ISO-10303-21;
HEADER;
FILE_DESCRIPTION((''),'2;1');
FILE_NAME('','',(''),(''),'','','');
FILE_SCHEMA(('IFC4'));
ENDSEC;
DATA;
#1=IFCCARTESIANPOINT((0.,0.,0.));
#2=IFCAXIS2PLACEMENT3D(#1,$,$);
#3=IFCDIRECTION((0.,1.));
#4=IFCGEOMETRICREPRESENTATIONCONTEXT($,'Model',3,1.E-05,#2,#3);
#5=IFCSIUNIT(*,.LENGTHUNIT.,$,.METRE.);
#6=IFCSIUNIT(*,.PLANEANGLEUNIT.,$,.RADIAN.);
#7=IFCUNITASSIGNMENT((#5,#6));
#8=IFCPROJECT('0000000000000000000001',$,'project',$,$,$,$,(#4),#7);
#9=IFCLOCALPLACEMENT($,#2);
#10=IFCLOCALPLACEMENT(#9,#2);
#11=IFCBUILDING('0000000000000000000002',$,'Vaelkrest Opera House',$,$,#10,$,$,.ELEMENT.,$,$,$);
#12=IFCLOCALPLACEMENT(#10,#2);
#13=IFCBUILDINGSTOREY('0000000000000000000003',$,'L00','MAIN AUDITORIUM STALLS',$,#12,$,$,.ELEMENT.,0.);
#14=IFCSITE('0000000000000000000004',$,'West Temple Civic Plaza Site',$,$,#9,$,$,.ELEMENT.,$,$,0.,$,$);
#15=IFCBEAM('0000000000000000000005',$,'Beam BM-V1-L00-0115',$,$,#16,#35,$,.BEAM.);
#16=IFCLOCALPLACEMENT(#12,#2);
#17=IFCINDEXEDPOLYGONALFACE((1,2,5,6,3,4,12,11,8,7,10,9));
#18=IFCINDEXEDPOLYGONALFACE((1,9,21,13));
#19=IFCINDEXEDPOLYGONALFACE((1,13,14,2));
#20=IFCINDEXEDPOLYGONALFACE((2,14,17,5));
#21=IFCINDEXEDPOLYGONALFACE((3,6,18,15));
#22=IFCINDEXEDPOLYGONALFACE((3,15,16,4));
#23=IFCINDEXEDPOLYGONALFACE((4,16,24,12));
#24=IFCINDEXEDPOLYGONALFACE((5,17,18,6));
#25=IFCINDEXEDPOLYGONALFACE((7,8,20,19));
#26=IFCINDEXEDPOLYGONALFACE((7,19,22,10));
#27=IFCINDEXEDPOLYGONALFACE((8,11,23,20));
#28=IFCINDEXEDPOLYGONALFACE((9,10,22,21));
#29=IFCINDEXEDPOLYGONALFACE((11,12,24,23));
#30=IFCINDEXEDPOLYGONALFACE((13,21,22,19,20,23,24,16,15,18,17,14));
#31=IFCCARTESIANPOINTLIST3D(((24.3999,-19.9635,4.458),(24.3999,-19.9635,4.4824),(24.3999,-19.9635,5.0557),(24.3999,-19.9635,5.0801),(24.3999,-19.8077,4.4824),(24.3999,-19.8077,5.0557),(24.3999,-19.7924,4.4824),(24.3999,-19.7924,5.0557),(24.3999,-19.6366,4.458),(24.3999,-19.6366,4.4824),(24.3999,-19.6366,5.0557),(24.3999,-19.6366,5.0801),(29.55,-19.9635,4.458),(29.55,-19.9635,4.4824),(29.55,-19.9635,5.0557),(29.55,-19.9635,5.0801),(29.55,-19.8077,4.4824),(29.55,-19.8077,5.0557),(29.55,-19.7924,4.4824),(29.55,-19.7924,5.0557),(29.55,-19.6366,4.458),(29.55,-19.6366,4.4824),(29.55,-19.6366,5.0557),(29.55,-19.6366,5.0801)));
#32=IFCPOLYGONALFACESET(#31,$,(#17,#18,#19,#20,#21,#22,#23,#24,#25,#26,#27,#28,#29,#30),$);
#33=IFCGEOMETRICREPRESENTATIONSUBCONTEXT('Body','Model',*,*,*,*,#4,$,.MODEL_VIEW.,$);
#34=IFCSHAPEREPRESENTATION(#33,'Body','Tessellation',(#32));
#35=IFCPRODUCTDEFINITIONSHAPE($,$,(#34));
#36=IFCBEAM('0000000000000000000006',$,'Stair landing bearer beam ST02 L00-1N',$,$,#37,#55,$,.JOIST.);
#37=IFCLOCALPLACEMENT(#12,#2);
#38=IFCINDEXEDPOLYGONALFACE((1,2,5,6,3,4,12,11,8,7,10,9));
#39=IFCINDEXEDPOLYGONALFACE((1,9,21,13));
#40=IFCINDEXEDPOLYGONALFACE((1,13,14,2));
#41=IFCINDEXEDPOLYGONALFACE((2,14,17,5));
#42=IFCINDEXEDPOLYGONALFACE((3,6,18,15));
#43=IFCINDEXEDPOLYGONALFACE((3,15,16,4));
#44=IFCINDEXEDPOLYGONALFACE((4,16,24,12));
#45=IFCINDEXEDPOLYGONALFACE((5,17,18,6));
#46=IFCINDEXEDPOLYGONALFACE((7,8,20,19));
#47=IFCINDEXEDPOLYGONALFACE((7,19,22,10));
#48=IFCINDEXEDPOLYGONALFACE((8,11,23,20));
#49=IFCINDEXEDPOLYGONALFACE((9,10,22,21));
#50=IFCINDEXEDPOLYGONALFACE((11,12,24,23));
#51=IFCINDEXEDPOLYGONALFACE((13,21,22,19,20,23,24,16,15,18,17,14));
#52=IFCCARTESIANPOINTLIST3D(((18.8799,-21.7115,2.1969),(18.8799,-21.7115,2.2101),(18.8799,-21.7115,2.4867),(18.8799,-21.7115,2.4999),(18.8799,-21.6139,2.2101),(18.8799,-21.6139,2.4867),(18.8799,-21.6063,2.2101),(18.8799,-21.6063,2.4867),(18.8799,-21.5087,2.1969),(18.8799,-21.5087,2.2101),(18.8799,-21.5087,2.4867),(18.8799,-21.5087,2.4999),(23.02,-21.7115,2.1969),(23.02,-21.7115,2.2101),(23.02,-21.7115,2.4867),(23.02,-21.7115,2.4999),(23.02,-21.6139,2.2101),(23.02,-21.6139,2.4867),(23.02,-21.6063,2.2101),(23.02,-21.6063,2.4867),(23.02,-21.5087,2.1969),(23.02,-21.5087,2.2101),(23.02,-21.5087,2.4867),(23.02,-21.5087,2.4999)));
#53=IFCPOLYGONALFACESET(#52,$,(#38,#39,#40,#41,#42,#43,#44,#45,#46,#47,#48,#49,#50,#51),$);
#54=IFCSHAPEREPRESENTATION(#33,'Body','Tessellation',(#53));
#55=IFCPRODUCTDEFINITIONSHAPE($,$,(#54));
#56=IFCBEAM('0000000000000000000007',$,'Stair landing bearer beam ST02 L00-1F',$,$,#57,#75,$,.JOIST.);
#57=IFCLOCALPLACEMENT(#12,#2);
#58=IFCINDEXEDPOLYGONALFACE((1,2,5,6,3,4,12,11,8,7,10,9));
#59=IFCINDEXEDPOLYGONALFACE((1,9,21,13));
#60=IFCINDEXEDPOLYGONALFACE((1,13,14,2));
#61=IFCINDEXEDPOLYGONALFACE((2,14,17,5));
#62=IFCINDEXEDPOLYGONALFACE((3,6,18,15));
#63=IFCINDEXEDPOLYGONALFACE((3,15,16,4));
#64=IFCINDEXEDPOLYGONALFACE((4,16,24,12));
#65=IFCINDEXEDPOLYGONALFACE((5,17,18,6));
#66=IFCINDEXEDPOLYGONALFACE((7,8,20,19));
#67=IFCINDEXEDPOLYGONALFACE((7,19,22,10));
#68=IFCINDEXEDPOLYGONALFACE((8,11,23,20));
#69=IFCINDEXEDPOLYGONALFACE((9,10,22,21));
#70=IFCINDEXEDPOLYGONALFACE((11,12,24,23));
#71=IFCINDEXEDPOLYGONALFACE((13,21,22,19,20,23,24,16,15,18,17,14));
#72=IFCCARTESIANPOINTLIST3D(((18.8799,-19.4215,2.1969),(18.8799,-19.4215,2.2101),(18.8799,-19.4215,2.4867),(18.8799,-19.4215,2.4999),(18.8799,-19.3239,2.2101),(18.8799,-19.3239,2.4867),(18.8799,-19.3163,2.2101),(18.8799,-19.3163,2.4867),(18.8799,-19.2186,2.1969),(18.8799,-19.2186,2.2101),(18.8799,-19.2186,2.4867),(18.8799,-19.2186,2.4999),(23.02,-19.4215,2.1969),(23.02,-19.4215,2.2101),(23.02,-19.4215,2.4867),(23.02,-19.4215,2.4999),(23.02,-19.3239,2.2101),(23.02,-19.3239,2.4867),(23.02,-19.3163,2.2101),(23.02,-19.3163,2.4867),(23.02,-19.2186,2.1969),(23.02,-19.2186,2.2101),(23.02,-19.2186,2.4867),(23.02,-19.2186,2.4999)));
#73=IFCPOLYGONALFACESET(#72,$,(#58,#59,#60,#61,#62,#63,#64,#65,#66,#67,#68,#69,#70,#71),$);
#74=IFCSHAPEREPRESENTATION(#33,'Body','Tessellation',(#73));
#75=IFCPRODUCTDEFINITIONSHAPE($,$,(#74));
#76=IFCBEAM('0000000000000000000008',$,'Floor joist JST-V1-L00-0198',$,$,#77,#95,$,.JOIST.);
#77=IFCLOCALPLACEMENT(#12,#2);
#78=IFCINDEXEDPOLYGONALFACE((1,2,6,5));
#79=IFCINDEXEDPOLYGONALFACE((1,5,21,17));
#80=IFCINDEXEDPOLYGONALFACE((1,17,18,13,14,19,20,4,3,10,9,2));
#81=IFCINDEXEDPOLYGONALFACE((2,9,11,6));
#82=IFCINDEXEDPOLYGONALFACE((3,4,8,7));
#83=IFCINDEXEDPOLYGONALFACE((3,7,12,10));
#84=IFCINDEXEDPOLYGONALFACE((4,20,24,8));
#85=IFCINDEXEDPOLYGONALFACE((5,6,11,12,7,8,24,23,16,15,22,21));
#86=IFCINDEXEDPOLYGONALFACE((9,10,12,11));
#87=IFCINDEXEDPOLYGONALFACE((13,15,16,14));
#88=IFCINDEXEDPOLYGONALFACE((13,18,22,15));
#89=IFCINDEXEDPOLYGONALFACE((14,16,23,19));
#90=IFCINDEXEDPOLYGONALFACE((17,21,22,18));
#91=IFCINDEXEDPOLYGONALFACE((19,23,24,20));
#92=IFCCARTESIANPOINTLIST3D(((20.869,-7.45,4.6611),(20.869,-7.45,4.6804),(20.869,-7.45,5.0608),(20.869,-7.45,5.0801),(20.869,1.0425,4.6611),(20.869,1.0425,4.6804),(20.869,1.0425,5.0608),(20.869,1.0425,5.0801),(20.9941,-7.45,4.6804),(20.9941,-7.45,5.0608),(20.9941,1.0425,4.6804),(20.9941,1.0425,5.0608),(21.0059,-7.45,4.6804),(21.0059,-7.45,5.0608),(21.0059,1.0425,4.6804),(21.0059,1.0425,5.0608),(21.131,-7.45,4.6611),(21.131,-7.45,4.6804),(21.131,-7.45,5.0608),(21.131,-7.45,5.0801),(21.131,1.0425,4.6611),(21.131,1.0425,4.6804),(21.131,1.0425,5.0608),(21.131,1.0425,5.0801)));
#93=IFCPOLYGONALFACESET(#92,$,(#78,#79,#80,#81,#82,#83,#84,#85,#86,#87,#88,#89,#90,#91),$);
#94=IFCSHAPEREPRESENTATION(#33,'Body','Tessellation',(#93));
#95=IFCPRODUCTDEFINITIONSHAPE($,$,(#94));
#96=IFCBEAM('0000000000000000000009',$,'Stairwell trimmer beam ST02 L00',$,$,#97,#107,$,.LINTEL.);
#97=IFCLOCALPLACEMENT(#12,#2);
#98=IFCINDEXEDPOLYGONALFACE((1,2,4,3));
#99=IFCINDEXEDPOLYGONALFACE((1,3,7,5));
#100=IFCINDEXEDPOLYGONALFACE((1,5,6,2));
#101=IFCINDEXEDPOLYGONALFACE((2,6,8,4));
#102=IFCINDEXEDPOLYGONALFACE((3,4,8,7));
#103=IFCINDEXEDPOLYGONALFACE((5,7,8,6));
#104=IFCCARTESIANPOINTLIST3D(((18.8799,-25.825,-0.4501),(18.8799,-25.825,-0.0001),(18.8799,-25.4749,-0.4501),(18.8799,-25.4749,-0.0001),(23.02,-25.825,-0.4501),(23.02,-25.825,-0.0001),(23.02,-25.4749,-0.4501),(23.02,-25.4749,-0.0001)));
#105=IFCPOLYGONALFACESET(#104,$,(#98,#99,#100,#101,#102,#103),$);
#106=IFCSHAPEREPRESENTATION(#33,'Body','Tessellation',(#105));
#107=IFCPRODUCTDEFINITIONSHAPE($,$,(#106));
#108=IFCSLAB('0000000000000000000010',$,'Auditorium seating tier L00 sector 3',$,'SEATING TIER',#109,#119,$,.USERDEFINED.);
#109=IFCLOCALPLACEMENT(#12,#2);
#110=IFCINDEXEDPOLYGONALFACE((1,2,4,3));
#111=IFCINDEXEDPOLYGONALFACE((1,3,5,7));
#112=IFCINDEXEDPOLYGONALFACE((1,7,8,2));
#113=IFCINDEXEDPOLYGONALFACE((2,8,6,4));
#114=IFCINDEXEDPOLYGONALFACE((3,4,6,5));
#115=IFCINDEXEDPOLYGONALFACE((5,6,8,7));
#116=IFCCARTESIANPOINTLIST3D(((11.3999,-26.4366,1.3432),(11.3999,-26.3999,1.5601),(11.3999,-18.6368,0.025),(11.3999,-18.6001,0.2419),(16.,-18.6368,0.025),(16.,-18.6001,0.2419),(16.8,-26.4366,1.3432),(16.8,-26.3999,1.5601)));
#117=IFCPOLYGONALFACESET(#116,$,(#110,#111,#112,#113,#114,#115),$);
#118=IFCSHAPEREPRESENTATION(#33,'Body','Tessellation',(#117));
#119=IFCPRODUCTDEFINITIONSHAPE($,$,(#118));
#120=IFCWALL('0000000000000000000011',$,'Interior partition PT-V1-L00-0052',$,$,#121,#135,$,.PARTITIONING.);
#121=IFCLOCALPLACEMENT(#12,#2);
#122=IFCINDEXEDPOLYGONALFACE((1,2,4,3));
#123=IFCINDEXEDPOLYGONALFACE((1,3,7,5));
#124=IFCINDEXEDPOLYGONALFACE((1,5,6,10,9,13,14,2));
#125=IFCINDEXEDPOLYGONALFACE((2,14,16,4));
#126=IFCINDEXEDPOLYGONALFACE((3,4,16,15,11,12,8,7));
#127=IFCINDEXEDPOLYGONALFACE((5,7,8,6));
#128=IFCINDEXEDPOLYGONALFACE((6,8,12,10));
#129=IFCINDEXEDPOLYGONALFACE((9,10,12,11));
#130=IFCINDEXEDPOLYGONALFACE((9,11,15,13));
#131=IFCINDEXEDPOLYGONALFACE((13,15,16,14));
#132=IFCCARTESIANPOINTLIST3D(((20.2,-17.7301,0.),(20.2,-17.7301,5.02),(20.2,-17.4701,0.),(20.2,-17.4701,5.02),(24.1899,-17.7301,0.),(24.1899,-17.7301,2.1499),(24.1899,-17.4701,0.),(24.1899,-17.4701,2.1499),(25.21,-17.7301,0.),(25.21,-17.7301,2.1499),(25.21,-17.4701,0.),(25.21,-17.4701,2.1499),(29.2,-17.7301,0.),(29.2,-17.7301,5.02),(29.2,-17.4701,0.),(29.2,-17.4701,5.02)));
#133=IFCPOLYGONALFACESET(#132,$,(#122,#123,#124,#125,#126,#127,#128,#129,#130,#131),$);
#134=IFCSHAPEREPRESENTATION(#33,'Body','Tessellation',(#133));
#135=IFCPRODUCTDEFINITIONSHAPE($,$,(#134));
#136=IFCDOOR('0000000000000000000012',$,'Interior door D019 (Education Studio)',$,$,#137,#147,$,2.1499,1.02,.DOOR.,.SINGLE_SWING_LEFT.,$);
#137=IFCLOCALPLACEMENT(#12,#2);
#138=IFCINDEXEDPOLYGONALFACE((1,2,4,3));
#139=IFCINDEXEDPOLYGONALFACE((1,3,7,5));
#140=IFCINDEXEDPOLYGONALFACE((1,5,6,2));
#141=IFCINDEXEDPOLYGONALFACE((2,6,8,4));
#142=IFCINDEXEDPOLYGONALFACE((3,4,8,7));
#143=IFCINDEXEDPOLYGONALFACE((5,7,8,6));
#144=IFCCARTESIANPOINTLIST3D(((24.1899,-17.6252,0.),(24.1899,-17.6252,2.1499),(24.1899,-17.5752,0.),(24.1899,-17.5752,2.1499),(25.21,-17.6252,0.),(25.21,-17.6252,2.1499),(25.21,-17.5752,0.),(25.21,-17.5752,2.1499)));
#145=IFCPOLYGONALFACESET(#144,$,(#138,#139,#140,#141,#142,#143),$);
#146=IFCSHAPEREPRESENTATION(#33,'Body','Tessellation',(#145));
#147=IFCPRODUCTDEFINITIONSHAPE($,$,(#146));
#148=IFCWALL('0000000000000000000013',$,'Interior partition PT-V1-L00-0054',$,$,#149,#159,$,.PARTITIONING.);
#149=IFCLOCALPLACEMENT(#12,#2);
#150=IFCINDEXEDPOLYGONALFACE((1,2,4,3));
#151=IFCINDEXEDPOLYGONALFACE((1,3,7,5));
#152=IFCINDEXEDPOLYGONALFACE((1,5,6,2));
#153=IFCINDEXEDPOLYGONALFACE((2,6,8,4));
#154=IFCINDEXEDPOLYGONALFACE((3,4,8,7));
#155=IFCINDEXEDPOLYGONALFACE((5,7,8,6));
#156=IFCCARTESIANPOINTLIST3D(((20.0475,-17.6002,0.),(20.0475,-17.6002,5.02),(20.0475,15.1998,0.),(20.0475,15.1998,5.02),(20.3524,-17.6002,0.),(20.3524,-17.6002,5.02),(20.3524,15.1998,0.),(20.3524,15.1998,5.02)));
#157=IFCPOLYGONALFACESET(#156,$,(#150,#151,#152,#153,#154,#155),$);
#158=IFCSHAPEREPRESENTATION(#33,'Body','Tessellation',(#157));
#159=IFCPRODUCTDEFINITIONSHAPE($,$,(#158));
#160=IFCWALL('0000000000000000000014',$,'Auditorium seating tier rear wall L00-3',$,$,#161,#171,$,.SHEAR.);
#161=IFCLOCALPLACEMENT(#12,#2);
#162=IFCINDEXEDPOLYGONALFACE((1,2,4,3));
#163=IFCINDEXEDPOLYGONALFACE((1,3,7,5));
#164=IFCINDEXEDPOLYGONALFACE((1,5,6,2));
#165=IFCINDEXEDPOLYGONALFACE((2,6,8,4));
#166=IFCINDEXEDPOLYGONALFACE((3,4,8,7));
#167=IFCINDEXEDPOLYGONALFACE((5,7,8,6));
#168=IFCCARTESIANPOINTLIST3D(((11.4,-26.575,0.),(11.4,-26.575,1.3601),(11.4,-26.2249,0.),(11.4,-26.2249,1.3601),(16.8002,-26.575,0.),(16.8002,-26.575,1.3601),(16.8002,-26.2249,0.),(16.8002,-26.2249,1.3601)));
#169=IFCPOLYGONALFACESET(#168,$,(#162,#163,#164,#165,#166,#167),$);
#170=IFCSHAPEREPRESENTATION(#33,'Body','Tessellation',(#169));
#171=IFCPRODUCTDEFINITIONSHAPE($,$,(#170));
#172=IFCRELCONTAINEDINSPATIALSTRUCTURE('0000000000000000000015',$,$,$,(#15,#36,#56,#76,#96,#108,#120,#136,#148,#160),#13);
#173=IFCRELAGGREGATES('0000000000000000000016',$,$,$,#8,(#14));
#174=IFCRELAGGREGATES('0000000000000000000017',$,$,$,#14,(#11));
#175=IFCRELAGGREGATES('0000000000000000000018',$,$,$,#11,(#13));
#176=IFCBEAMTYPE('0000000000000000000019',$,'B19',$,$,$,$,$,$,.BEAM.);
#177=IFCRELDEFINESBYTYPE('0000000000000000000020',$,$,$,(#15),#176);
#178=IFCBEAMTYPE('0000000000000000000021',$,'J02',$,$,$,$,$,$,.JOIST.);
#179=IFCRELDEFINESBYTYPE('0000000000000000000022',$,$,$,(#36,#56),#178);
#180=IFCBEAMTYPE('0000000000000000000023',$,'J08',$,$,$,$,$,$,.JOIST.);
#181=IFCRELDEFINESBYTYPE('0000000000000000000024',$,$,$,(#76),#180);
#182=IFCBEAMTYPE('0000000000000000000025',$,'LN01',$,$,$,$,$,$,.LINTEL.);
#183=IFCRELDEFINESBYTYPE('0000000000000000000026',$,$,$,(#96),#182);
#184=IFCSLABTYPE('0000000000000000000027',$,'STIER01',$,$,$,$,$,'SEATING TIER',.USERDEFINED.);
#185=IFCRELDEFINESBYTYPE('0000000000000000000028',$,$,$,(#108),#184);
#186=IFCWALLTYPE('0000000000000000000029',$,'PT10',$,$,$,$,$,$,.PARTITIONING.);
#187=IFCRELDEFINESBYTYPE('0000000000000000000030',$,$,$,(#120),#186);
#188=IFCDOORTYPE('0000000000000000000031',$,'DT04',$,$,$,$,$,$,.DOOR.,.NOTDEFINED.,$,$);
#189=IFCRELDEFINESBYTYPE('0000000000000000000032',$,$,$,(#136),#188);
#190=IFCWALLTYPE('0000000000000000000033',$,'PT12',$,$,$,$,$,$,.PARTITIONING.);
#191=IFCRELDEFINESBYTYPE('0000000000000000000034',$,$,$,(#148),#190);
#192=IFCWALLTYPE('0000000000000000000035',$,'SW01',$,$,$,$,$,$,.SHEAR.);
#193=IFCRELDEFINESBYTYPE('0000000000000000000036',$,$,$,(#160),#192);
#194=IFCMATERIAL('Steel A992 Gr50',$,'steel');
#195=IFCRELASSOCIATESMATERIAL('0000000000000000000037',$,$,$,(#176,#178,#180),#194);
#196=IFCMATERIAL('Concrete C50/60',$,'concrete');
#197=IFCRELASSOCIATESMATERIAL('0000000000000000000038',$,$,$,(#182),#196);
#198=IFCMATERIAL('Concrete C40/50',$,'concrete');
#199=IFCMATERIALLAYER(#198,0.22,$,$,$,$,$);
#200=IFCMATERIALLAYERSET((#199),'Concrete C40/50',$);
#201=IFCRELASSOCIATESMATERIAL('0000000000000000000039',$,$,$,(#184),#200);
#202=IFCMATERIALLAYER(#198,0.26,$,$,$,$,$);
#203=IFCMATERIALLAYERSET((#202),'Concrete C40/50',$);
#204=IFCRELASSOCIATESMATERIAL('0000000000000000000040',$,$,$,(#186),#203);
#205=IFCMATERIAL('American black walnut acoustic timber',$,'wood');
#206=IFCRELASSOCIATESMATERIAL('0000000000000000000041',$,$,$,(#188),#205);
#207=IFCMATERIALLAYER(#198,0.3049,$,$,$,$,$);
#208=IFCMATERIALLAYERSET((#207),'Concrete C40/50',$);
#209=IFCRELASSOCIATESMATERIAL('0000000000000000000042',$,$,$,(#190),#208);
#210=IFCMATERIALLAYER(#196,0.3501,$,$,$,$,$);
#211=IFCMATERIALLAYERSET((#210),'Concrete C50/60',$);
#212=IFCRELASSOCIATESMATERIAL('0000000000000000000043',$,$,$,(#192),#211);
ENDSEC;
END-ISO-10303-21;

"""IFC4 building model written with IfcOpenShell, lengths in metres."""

from ifc_helpers import new_model, si_unit, direction, frame, frame_2d, origin, origin_2d, place, context, subcontext, project, spatial, polyline, rectangle, i_section, outline, extrude, material, layer, layer_set, material_profile, profile_set, type_object, element, fill, save


model = new_model("IFC4")

# Units and contexts
model_context = context("Model", 3, precision=1e-05, world=origin(), true_north=direction((0.0, 1.0)))
body_context = subcontext(model_context, "Body", "Model", "MODEL_VIEW")
ifc_project = project(units=[si_unit("LENGTHUNIT", "METRE"), si_unit("PLANEANGLEUNIT", "RADIAN")], contexts=[model_context])

# Site, building, storey
site_placement = place(None, origin())
site = spatial("IfcSite", under=ifc_project, at=site_placement, Name="West Temple Civic Plaza Site", CompositionType="ELEMENT", RefElevation=0.0)
building_placement = place(site_placement, origin())
building = spatial("IfcBuilding", under=site, at=building_placement, Name="Vaelkrest Opera House", CompositionType="ELEMENT")
storey_placement = place(building_placement, origin())
storey = spatial("IfcBuildingStorey", under=building, at=storey_placement, Name="L00", Description="MAIN AUDITORIUM STALLS", CompositionType="ELEMENT", Elevation=0.0)

# Shared definitions
ifc_material_1 = material(Name="Concrete C50/60", Category="concrete")

# Beams
ifc_material_2 = material(Name="Steel A992 Gr50", Category="steel")
ifc_material_profile_1 = material_profile(ifc_material_2, i_section(OverallWidth=0.3269, OverallDepth=0.6221, WebThickness=0.0154, FlangeThickness=0.0244, at=origin_2d()), Name="W24X131")
ifc_profile_set_1 = profile_set([ifc_material_profile_1], Name="Steel A992 Gr50")
beam_type_1 = type_object("IfcBeamType", Name="B19", PredefinedType="BEAM", material=ifc_profile_set_1)
beam_1_placement = place(storey_placement, frame((24.3999, -19.8, 4.769), z_axis=(1.0, 0.0, 0.0), x_axis=(0.0, 1.0, 0.0)))
element("IfcBeam", 1, at=beam_1_placement, inside=storey, type_object=beam_type_1, Name="Beam BM-V1-L00-0115", PredefinedType="BEAM", context=body_context, shape_type="SweptSolid", body=[
    extrude(i_section(OverallWidth=0.3269, OverallDepth=0.6221, WebThickness=0.0154, FlangeThickness=0.0244, at=origin_2d()), origin(), (0.0, 0.0, 1.0), 5.1501),
])
ifc_material_profile_2 = material_profile(ifc_material_2, i_section(OverallWidth=0.2029, OverallDepth=0.303, WebThickness=0.0076, FlangeThickness=0.0132, at=origin_2d()), Name="W12X40")
ifc_profile_set_2 = profile_set([ifc_material_profile_2], Name="Steel A992 Gr50")
beam_type_2 = type_object("IfcBeamType", Name="J02", PredefinedType="JOIST", material=ifc_profile_set_2)
for number, where, z_axis, x_axis, name in (
    (2, (18.8799, -21.6101, 2.3484), (1.0, 0.0, 0.0), (0.0, 1.0, 0.0), "Stair landing bearer beam ST02 L00-1N"),
    (3, (18.8799, -19.3201, 2.3484), (1.0, 0.0, 0.0), (0.0, 1.0, 0.0), "Stair landing bearer beam ST02 L00-1F"),
):
    element("IfcBeam", number, at=place(storey_placement, frame(where, z_axis=z_axis, x_axis=x_axis)), inside=storey, type_object=beam_type_2, Name=name, PredefinedType="JOIST", context=body_context, shape_type="SweptSolid", body=[
        extrude(i_section(OverallWidth=0.2029, OverallDepth=0.303, WebThickness=0.0076, FlangeThickness=0.0132, at=origin_2d()), origin(), (0.0, 0.0, 1.0), 4.1401),
    ])
ifc_material_profile_3 = material_profile(ifc_material_2, i_section(OverallWidth=0.262, OverallDepth=0.4189, WebThickness=0.0117, FlangeThickness=0.0193, at=origin_2d()), Name="W16X77")
ifc_profile_set_3 = profile_set([ifc_material_profile_3], Name="Steel A992 Gr50")
beam_type_3 = type_object("IfcBeamType", Name="J08", PredefinedType="JOIST", material=ifc_profile_set_3)
beam_2_placement = place(storey_placement, frame((21.0, -7.45, 4.8706), z_axis=(0.0, 1.0, 0.0), x_axis=(-1.0, 0.0, 0.0)))
element("IfcBeam", 4, at=beam_2_placement, inside=storey, type_object=beam_type_3, Name="Floor joist JST-V1-L00-0198", PredefinedType="JOIST", context=body_context, shape_type="SweptSolid", body=[
    extrude(i_section(OverallWidth=0.262, OverallDepth=0.4189, WebThickness=0.0117, FlangeThickness=0.0193, at=origin_2d()), origin(), (0.0, 0.0, 1.0), 8.4924),
])
ifc_material_profile_4 = material_profile(ifc_material_1, rectangle(XDim=0.3501, YDim=0.45, at=origin_2d()), Name="RCB350X450")
ifc_profile_set_4 = profile_set([ifc_material_profile_4], Name="Concrete C50/60")
beam_type_4 = type_object("IfcBeamType", Name="LN01", PredefinedType="LINTEL", material=ifc_profile_set_4)
beam_3_placement = place(storey_placement, frame((18.8799, -25.6499, -0.2251), z_axis=(1.0, 0.0, 0.0), x_axis=(0.0, 1.0, 0.0)))
element("IfcBeam", 5, at=beam_3_placement, inside=storey, type_object=beam_type_4, Name="Stairwell trimmer beam ST02 L00", PredefinedType="LINTEL", context=body_context, shape_type="SweptSolid", body=[
    extrude(rectangle(XDim=0.3501, YDim=0.45, at=origin_2d()), origin(), (0.0, 0.0, 1.0), 4.1401),
])

# Slab
ifc_material_3 = material(Name="Concrete C40/50", Category="concrete")
ifc_layer_1 = layer(ifc_material_3, 0.22)
ifc_layer_set_1 = layer_set([ifc_layer_1], Name="Concrete C40/50")
slab_type = type_object("IfcSlabType", Name="STIER01", ElementType="SEATING TIER", PredefinedType="USERDEFINED", material=ifc_layer_set_1)
slab_placement = place(storey_placement, frame((11.3999, -18.6001, 0.2419), z_axis=(0.0, 0.166631, 0.986019), x_axis=(1.0, 0.0, 0.0)))
element("IfcSlab", 6, at=slab_placement, inside=storey, type_object=slab_type, Name="Auditorium seating tier L00 sector 3", ObjectType="SEATING TIER", PredefinedType="USERDEFINED", context=body_context, shape_type="SweptSolid", body=[
    extrude(outline(polyline([(0.0, 0.0), (4.6001, 0.0), (5.4001, -7.9104), (0.0, -7.9104), (0.0, 0.0)])), origin(), (0.0, 0.0, -1.0), 0.22),
])

# Wall, opening, door
ifc_layer_2 = layer(ifc_material_3, 0.26)
ifc_layer_set_2 = layer_set([ifc_layer_2], Name="Concrete C40/50")
wall_type_1 = type_object("IfcWallType", Name="PT10", PredefinedType="PARTITIONING", material=ifc_layer_set_2)
wall_1_placement = place(storey_placement, frame((20.2, -17.6001, 0.0), z_axis=(0.0, 0.0, 1.0), x_axis=(1.0, 0.0, 0.0)))
wall_1 = element("IfcWall", 7, at=wall_1_placement, inside=storey, type_object=wall_type_1, Name="Interior partition PT-V1-L00-0052", PredefinedType="PARTITIONING", context=body_context, shape_type="SweptSolid", body=[
    extrude(rectangle(XDim=9.0, YDim=0.26, at=frame_2d((4.5, 0.0))), origin(), (0.0, 0.0, 1.0), 5.02),
])
opening_placement = place(wall_1_placement, frame((3.99, 0.0, 0.0)))
opening = element("IfcOpeningElement", 8, at=opening_placement, cuts=wall_1, PredefinedType="OPENING", context=body_context, shape_type="SweptSolid", body=[
    extrude(rectangle(XDim=1.02, YDim=2.1499, at=frame_2d((0.51, 1.075))), frame((0.0, 0.1399, 0.0), z_axis=(0.0, -1.0, 0.0), x_axis=(1.0, 0.0, 0.0)), (0.0, 0.0, 1.0), 0.28),
])
ifc_material_4 = material(Name="American black walnut acoustic timber", Category="wood")
door_type = type_object("IfcDoorType", Name="DT04", OperationType="NOTDEFINED", PredefinedType="DOOR", material=ifc_material_4)
door_placement = place(opening_placement, origin())
door = element("IfcDoor", 9, at=door_placement, inside=storey, type_object=door_type, Name="Interior door D019 (Education Studio)", OperationType="SINGLE_SWING_LEFT", OverallHeight=2.1499, OverallWidth=1.02, PredefinedType="DOOR", context=body_context, shape_type="SweptSolid", body=[
    extrude(rectangle(XDim=1.02, YDim=2.1499, at=frame_2d((0.51, 1.075))), frame((0.0, 0.0249, 0.0), z_axis=(0.0, -1.0, 0.0), x_axis=(1.0, 0.0, 0.0)), (0.0, 0.0, 1.0), 0.05),
])
fill(opening, door)

# Walls
ifc_layer_3 = layer(ifc_material_3, 0.3049)
ifc_layer_set_3 = layer_set([ifc_layer_3], Name="Concrete C40/50")
wall_type_2 = type_object("IfcWallType", Name="PT12", PredefinedType="PARTITIONING", material=ifc_layer_set_3)
wall_2_placement = place(storey_placement, frame((20.2, -17.6001, 0.0), z_axis=(0.0, 0.0, 1.0), x_axis=(0.0, 1.0, 0.0)))
element("IfcWall", 10, at=wall_2_placement, inside=storey, type_object=wall_type_2, Name="Interior partition PT-V1-L00-0054", PredefinedType="PARTITIONING", context=body_context, shape_type="SweptSolid", body=[
    extrude(rectangle(XDim=32.8, YDim=0.3049, at=frame_2d((16.3999, 0.0))), origin(), (0.0, 0.0, 1.0), 5.02),
])
ifc_layer_4 = layer(ifc_material_1, 0.3501)
ifc_layer_set_4 = layer_set([ifc_layer_4], Name="Concrete C50/60")
wall_type_3 = type_object("IfcWallType", Name="SW01", PredefinedType="SHEAR", material=ifc_layer_set_4)
wall_3_placement = place(storey_placement, frame((11.3999, -26.3999, 0.0), z_axis=(0.0, 0.0, 1.0), x_axis=(1.0, 0.0, 0.0)))
element("IfcWall", 11, at=wall_3_placement, inside=storey, type_object=wall_type_3, Name="Auditorium seating tier rear wall L00-3", PredefinedType="SHEAR", context=body_context, shape_type="SweptSolid", body=[
    extrude(rectangle(XDim=5.4001, YDim=0.3501, at=frame_2d((2.7002, 0.0))), origin(), (0.0, 0.0, 1.0), 1.3601),
])

save(model, "model.ifc")
